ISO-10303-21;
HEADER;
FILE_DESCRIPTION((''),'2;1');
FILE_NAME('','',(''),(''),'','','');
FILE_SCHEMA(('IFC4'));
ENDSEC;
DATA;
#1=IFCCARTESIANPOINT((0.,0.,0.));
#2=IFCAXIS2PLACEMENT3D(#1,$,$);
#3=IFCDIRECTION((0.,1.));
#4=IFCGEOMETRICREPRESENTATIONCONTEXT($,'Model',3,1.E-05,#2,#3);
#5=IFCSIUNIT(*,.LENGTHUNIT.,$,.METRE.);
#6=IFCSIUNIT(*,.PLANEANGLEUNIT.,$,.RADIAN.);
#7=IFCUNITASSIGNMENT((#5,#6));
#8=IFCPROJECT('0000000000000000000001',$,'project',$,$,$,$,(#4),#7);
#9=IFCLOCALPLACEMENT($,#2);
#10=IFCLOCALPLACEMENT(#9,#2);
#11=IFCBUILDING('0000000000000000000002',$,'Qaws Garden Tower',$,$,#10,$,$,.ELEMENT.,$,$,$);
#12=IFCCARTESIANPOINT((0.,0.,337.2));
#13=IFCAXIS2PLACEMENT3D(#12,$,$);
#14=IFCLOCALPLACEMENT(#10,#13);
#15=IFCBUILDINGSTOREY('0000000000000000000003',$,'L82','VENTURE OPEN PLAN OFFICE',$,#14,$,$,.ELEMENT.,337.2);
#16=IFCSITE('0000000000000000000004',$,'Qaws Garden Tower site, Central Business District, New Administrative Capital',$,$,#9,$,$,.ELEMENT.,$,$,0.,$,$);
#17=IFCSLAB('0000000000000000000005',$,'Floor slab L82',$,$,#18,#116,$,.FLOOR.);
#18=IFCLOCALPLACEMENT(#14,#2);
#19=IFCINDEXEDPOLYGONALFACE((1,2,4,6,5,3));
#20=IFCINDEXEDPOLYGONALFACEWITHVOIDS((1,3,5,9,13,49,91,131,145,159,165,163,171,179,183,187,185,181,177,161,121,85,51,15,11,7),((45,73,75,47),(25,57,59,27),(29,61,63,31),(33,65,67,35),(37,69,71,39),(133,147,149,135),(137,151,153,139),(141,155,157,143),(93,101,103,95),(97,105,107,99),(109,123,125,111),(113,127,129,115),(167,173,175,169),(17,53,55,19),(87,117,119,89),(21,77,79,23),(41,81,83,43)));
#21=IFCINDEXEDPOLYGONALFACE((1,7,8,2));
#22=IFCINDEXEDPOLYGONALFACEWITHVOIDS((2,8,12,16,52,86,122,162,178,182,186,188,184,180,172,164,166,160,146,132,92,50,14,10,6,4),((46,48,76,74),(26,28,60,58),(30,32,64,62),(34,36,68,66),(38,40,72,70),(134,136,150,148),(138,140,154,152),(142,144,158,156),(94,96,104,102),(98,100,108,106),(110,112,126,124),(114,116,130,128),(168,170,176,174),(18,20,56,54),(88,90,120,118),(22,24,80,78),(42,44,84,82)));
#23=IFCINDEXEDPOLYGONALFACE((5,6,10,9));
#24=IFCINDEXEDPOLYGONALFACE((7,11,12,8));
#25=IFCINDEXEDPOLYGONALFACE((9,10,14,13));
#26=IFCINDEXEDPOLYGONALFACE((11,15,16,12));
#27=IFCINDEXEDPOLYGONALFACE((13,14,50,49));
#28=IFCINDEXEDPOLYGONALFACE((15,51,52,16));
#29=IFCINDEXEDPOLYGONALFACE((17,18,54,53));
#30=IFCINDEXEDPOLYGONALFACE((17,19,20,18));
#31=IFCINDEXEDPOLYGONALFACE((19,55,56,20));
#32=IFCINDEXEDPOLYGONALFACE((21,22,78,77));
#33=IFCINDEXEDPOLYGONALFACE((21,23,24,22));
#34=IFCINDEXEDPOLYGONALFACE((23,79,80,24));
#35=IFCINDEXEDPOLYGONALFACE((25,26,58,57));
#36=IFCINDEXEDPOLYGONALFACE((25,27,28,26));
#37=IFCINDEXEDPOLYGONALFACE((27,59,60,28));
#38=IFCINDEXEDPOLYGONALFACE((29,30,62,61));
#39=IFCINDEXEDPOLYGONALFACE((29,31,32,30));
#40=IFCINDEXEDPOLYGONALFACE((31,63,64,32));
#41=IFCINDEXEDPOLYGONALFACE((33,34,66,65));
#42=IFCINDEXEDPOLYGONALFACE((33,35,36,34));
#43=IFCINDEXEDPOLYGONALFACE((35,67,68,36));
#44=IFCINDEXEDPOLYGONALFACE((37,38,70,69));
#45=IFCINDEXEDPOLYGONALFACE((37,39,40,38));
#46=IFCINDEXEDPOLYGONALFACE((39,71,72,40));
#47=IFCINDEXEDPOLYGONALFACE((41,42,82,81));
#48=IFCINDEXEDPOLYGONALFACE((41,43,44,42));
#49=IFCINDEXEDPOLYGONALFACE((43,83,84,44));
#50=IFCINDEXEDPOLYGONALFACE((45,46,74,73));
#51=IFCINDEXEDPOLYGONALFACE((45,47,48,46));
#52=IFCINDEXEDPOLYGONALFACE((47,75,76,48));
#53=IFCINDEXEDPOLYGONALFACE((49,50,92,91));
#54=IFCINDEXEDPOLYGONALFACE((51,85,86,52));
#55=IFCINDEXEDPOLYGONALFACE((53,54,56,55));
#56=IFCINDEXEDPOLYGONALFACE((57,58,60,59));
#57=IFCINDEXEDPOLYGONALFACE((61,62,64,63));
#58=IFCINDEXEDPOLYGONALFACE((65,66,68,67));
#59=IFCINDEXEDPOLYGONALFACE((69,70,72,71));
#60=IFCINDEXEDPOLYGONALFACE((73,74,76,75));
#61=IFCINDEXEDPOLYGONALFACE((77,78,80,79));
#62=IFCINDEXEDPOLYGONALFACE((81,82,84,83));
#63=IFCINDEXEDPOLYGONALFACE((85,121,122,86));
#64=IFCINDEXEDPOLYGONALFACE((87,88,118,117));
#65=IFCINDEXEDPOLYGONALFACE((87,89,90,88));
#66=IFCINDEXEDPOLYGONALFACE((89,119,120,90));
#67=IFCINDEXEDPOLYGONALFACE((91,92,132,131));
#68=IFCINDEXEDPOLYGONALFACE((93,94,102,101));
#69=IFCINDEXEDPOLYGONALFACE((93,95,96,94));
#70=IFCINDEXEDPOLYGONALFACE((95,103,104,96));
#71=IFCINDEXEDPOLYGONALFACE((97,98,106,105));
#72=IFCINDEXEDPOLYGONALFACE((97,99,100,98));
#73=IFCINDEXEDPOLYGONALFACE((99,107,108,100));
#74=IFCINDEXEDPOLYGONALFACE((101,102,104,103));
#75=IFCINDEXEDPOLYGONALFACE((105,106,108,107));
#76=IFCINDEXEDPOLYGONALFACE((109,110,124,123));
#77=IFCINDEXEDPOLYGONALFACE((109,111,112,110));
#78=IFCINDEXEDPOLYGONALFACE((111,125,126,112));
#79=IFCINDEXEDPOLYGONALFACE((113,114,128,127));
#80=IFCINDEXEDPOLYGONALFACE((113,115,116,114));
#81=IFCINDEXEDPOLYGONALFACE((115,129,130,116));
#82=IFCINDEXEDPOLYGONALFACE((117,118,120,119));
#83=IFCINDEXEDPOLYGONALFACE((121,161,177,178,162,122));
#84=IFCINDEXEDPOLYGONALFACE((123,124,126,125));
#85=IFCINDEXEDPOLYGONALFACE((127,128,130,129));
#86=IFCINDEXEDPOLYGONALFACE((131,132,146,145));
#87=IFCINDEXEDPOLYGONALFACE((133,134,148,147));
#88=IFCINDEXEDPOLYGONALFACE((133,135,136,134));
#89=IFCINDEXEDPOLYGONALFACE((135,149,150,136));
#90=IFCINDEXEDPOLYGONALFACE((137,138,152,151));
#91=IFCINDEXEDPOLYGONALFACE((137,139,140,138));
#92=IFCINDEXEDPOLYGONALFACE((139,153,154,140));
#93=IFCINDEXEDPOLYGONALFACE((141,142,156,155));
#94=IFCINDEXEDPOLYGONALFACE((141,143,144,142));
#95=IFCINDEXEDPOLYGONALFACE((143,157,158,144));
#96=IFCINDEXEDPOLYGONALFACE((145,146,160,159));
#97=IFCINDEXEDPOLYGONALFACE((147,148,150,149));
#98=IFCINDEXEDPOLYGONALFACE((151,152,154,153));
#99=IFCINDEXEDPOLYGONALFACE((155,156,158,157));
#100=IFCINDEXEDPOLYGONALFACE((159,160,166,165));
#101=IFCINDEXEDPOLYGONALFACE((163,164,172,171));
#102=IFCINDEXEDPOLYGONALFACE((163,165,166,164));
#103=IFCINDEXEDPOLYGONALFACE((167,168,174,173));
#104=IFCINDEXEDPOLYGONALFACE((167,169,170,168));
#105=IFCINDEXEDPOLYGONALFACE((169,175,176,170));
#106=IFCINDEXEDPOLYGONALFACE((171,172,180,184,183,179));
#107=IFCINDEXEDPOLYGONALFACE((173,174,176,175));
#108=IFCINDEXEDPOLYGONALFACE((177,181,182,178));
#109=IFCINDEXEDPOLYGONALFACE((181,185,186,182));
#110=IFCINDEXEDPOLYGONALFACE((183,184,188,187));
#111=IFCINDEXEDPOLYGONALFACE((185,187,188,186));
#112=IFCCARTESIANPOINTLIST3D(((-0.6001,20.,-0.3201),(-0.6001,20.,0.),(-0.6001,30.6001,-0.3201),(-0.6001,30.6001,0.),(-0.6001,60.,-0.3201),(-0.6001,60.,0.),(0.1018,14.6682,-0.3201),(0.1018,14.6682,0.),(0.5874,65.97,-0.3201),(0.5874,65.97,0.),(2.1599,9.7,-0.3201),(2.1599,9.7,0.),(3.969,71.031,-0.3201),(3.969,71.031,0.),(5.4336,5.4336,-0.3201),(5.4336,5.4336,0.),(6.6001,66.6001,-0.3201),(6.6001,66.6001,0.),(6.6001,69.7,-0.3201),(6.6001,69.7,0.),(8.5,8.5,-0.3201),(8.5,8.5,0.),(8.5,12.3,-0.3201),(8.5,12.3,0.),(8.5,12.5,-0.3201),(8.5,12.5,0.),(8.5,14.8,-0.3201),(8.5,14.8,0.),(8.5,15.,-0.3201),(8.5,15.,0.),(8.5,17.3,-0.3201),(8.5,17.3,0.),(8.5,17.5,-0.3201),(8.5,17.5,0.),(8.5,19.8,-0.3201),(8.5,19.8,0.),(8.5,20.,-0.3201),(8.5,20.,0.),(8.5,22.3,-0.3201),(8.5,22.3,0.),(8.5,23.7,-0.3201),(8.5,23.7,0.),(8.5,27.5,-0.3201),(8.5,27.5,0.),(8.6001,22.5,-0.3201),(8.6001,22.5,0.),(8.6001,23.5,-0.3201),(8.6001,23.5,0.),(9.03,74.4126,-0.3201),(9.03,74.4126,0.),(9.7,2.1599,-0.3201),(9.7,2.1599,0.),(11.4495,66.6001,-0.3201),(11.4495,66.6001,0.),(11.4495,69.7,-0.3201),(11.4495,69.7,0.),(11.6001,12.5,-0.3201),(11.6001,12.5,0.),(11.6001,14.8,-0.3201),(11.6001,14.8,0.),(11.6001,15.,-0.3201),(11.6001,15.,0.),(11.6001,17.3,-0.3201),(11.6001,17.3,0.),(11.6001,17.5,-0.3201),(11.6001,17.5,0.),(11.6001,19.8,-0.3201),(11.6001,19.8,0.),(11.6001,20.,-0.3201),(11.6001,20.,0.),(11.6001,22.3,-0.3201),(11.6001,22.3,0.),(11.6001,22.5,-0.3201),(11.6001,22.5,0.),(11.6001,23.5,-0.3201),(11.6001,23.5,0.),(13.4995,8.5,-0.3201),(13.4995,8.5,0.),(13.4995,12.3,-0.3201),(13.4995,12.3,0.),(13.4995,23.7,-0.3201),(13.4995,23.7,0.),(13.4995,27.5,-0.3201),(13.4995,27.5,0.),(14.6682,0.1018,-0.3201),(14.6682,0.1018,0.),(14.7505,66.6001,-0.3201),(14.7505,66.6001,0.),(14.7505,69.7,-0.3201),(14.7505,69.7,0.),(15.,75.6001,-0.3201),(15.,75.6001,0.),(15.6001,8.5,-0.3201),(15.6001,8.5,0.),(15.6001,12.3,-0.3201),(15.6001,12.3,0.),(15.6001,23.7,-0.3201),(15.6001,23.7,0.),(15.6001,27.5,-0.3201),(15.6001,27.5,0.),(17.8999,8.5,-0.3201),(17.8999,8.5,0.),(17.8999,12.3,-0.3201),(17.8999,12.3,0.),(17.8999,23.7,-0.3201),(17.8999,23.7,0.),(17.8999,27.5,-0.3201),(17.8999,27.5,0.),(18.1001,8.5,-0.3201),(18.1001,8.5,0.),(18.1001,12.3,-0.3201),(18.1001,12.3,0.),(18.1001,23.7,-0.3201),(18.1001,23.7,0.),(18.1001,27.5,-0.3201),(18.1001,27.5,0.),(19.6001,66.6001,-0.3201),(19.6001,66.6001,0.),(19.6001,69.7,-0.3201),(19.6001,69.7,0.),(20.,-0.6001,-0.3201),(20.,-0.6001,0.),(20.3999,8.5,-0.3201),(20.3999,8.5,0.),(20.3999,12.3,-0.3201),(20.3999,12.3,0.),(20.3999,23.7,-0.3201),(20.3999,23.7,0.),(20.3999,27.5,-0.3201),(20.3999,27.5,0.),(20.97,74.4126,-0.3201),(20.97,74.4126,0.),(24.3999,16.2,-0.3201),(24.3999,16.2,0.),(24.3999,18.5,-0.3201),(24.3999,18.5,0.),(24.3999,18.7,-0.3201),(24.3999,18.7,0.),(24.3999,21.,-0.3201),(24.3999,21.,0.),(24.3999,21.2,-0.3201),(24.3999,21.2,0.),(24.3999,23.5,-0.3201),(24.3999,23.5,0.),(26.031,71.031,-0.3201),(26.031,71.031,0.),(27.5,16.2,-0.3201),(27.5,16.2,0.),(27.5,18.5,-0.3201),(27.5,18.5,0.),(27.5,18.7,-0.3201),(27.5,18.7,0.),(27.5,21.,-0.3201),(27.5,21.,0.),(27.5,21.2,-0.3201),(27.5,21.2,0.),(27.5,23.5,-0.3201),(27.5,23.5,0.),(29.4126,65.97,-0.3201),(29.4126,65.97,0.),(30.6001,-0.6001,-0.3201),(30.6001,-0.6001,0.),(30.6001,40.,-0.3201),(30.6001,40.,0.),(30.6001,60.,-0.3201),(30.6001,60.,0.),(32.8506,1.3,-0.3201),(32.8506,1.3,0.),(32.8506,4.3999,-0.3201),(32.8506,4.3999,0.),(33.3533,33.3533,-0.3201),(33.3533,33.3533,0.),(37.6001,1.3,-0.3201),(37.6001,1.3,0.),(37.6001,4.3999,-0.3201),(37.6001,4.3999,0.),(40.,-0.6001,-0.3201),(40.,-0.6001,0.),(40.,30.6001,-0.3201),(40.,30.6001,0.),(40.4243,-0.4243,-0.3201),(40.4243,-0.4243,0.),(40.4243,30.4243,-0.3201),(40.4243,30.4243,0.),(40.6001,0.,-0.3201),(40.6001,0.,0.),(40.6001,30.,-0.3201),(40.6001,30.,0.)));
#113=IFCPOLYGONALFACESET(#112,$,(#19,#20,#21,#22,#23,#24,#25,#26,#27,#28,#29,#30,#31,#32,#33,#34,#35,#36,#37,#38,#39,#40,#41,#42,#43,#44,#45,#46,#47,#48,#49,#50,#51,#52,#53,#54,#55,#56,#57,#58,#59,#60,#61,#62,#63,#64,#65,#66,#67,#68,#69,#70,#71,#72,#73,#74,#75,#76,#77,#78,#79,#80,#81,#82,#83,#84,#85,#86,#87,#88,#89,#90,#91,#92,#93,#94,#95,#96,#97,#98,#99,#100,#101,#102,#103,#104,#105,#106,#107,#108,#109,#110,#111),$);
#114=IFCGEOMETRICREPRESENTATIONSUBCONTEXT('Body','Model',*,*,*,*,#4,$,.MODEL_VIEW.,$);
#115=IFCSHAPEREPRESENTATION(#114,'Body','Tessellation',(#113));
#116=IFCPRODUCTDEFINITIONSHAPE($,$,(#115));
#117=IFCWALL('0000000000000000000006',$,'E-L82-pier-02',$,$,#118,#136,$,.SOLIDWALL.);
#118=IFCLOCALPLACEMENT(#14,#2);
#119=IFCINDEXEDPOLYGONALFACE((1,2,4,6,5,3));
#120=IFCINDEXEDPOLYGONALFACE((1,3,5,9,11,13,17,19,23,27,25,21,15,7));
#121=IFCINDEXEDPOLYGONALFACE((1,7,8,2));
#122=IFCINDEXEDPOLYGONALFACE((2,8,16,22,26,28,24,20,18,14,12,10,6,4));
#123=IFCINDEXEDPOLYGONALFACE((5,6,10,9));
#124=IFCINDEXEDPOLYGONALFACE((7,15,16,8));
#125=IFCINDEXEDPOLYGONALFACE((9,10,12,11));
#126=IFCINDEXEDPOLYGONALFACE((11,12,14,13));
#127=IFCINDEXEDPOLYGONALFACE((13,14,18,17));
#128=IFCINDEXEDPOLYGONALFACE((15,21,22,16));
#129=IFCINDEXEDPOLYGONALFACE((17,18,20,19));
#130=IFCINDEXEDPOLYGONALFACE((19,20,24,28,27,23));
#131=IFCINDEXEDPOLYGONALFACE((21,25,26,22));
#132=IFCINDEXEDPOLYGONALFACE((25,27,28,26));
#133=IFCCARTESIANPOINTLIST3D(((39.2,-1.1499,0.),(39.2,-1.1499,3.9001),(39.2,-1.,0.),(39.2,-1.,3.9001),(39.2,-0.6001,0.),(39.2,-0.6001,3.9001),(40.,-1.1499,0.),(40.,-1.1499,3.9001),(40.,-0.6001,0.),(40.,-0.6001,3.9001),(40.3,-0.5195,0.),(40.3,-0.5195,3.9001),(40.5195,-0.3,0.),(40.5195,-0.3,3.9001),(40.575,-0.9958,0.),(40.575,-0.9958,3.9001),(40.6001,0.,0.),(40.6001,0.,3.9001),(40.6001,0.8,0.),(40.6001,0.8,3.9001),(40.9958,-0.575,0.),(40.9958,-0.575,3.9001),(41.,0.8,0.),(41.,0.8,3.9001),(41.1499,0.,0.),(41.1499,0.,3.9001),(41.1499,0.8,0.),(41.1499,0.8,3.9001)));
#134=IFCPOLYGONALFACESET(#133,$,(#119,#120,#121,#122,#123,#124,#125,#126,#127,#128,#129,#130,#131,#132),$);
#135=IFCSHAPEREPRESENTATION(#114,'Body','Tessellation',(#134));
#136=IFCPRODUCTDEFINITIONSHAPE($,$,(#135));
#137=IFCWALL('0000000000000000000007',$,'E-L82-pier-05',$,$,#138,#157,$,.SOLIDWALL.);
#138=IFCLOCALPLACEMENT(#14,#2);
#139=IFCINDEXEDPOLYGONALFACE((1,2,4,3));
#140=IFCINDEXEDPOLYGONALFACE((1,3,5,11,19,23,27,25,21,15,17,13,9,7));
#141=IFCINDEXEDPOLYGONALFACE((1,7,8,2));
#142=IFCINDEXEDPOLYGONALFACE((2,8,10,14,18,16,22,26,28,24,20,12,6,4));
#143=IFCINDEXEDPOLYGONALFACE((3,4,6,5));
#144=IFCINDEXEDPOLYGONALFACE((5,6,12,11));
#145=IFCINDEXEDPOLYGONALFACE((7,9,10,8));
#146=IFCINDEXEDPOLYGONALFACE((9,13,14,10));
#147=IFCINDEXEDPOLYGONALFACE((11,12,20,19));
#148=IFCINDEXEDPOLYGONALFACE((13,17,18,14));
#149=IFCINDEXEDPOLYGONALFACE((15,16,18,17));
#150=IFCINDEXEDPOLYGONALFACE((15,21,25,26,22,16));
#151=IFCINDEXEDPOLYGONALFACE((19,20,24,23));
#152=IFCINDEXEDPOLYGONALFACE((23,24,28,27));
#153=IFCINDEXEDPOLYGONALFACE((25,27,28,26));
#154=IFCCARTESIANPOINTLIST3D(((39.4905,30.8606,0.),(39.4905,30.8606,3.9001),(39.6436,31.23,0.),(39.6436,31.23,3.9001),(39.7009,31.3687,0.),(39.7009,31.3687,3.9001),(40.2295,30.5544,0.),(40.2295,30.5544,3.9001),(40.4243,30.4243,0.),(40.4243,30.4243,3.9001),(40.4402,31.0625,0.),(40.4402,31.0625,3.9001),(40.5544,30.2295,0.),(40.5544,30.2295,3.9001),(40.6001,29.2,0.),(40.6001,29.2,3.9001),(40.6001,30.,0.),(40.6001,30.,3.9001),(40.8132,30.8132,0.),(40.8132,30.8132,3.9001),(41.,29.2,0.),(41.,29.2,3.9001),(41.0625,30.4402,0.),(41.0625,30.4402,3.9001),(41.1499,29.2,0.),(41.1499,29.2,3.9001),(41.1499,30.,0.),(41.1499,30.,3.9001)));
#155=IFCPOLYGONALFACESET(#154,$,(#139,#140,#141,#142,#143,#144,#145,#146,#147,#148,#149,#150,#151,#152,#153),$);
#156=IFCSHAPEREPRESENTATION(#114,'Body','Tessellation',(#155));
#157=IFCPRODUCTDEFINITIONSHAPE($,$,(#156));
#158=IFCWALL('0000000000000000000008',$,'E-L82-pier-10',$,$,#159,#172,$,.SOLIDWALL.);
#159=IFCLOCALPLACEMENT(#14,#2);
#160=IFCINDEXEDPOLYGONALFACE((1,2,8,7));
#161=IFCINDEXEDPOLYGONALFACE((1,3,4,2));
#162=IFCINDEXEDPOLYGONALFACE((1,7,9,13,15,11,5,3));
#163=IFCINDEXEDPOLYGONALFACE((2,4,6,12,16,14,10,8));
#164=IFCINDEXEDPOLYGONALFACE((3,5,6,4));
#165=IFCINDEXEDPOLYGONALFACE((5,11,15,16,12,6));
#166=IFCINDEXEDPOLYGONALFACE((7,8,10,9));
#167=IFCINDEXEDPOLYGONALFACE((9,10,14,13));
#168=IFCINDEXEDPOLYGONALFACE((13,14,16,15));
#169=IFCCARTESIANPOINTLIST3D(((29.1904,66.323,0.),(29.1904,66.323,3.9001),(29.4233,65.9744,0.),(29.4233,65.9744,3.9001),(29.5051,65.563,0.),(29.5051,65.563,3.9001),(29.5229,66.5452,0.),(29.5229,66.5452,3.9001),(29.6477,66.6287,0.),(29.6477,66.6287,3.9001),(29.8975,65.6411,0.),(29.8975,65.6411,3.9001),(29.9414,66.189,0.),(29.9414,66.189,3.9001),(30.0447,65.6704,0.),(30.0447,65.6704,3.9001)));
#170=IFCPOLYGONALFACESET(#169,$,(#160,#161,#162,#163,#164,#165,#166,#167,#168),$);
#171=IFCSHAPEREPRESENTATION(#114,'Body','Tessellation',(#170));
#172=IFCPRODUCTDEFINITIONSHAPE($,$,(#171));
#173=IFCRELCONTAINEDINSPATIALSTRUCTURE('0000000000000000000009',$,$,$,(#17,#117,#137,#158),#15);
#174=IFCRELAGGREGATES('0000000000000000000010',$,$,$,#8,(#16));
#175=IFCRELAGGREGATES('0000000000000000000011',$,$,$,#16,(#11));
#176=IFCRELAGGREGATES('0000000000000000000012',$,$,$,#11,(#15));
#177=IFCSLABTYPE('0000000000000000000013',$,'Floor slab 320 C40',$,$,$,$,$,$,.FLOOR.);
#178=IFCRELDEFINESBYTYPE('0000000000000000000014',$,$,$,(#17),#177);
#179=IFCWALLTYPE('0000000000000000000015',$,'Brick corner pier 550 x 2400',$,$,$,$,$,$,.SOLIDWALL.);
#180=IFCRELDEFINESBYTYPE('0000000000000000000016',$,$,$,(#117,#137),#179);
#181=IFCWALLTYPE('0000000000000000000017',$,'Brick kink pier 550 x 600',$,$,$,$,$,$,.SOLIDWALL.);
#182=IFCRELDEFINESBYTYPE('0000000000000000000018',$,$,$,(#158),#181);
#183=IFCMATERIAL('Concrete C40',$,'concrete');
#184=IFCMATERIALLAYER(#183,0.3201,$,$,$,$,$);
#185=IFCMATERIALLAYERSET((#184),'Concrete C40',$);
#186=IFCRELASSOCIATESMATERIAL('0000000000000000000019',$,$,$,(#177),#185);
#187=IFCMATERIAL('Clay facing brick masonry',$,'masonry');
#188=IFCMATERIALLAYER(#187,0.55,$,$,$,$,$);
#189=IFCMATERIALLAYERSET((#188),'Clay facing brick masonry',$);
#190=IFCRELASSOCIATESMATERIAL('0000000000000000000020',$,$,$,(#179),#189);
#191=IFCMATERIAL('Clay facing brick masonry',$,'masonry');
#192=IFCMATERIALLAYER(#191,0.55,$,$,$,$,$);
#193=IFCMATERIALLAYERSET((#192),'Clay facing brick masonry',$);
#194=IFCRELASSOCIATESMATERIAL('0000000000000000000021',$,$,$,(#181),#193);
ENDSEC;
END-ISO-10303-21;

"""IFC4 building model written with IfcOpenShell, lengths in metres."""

from ifc_helpers import new_model, si_unit, direction, frame, origin, place, context, subcontext, project, spatial, polyline, outline, extrude, material, layer, layer_set, type_object, element, save


model = new_model("IFC4")

# Units and contexts
model_context = context("Model", 3, precision=1e-05, world=origin(), true_north=direction((0.0, 1.0)))
body_context = subcontext(model_context, "Body", "Model", "MODEL_VIEW")
ifc_project = project(units=[si_unit("LENGTHUNIT", "METRE"), si_unit("PLANEANGLEUNIT", "RADIAN")], contexts=[model_context])

# Site, building, storey
site_placement = place(None, origin())
site = spatial("IfcSite", under=ifc_project, at=site_placement, Name="Qaws Garden Tower site, Central Business District, New Administrative Capital", CompositionType="ELEMENT", RefElevation=0.0)
building_placement = place(site_placement, origin())
building = spatial("IfcBuilding", under=site, at=building_placement, Name="Qaws Garden Tower", CompositionType="ELEMENT")
storey_placement = place(building_placement, frame((0.0, 0.0, 337.2)))
storey = spatial("IfcBuildingStorey", under=building, at=storey_placement, Name="L82", Description="VENTURE OPEN PLAN OFFICE", CompositionType="ELEMENT", Elevation=337.2)

# Slab
ifc_material_1 = material(Name="Concrete C40", Category="concrete")
ifc_layer_1 = layer(ifc_material_1, 0.3201)
ifc_layer_set_1 = layer_set([ifc_layer_1], Name="Concrete C40")
slab_type = type_object("IfcSlabType", Name="Floor slab 320 C40", PredefinedType="FLOOR", material=ifc_layer_set_1)
slab_placement = place(storey_placement, frame((0.0, 0.0, -0.3201)))
element("IfcSlab", 1, at=slab_placement, inside=storey, type_object=slab_type, Name="Floor slab L82", PredefinedType="FLOOR", context=body_context, shape_type="SweptSolid", body=[
    extrude(outline(polyline([(0.1018, 14.6682), (-0.6001, 20.0), (-0.6001, 30.6001), (-0.6001, 60.0), (-0.6001, 60.0), (0.5874, 65.97), (3.969, 71.031), (9.03, 74.4126), (15.0, 75.6001), (20.97, 74.4126), (26.031, 71.031), (29.4126, 65.97), (30.6001, 60.0), (30.6001, 40.0), (33.3533, 33.3533), (40.0, 30.6001), (40.4243, 30.4243), (40.6001, 30.0), (40.6001, 0.0), (40.4243, -0.4243), (40.0, -0.6001), (30.6001, -0.6001), (20.0, -0.6001), (14.6682, 0.1018), (9.7, 2.1599), (5.4336, 5.4336), (2.1599, 9.7), (0.1018, 14.6682)]), holes=[polyline([(13.4995, 12.3), (8.5, 12.3), (8.5, 8.5), (13.4995, 8.5), (13.4995, 12.3)]), polyline([(17.8999, 12.3), (15.6001, 12.3), (15.6001, 8.5), (17.8999, 8.5), (17.8999, 12.3)]), polyline([(11.6001, 14.8), (8.5, 14.8), (8.5, 12.5), (11.6001, 12.5), (11.6001, 14.8)]), polyline([(11.6001, 17.3), (8.5, 17.3), (8.5, 15.0), (11.6001, 15.0), (11.6001, 17.3)]), polyline([(11.6001, 19.8), (8.5, 19.8), (8.5, 17.5), (11.6001, 17.5), (11.6001, 19.8)]), polyline([(11.6001, 22.3), (8.5, 22.3), (8.5, 20.0), (11.6001, 20.0), (11.6001, 22.3)]), polyline([(11.6001, 23.5), (8.6001, 23.5), (8.6001, 22.5), (11.6001, 22.5), (11.6001, 23.5)]), polyline([(13.4995, 27.5), (8.5, 27.5), (8.5, 23.7), (13.4995, 23.7), (13.4995, 27.5)]), polyline([(11.4495, 69.7), (6.6001, 69.7), (6.6001, 66.6001), (11.4495, 66.6001), (11.4495, 69.7)]), polyline([(37.6001, 4.3999), (32.8506, 4.3999), (32.8506, 1.3), (37.6001, 1.3), (37.6001, 4.3999)]), polyline([(20.3999, 12.3), (18.1001, 12.3), (18.1001, 8.5), (20.3999, 8.5), (20.3999, 12.3)]), polyline([(27.5, 18.5), (24.3999, 18.5), (24.3999, 16.2), (27.5, 16.2), (27.5, 18.5)]), polyline([(27.5, 21.0), (24.3999, 21.0), (24.3999, 18.7), (27.5, 18.7), (27.5, 21.0)]), polyline([(27.5, 23.5), (24.3999, 23.5), (24.3999, 21.2), (27.5, 21.2), (27.5, 23.5)]), polyline([(17.8999, 27.5), (15.6001, 27.5), (15.6001, 23.7), (17.8999, 23.7), (17.8999, 27.5)]), polyline([(20.3999, 23.7), (20.3999, 27.5), (18.1001, 27.5), (18.1001, 23.7), (20.3999, 23.7)]), polyline([(19.6001, 66.6001), (19.6001, 69.7), (14.7505, 69.7), (14.7505, 66.6001), (19.6001, 66.6001)])]), origin(), (0.0, 0.0, 1.0), 0.3201),
])

# Walls
ifc_material_2 = material(Name="Clay facing brick masonry", Category="masonry")
ifc_layer_2 = layer(ifc_material_2, 0.55)
ifc_layer_set_2 = layer_set([ifc_layer_2], Name="Clay facing brick masonry")
wall_type_1 = type_object("IfcWallType", Name="Brick corner pier 550 x 2400", PredefinedType="SOLIDWALL", material=ifc_layer_set_2)
placement = place(storey_placement, origin())
element("IfcWall", 2, at=placement, inside=storey, type_object=wall_type_1, Name="E-L82-pier-02", PredefinedType="SOLIDWALL", context=body_context, shape_type="SweptSolid", body=[
    extrude(outline(polyline([(39.2, -1.0), (39.2, -1.1499), (40.0, -1.1499), (40.575, -0.9958), (40.9958, -0.575), (41.1499, 0.0), (41.1499, 0.8), (41.0, 0.8), (40.6001, 0.8), (40.6001, 0.0), (40.5195, -0.3), (40.3, -0.5195), (40.0, -0.6001), (39.2, -0.6001), (39.2, -1.0)])), origin(), (0.0, 0.0, 1.0), 3.9001),
])
element("IfcWall", 3, at=placement, inside=storey, type_object=wall_type_1, Name="E-L82-pier-05", PredefinedType="SOLIDWALL", context=body_context, shape_type="SweptSolid", body=[
    extrude(outline(polyline([(41.0, 29.2), (41.1499, 29.2), (41.1499, 30.0), (41.0625, 30.4402), (40.8132, 30.8132), (40.4402, 31.0625), (39.7009, 31.3687), (39.6436, 31.23), (39.4905, 30.8606), (40.2295, 30.5544), (40.4243, 30.4243), (40.5544, 30.2295), (40.6001, 30.0), (40.6001, 29.2), (41.0, 29.2)])), origin(), (0.0, 0.0, 1.0), 3.9001),
])
ifc_material_3 = material(Name="Clay facing brick masonry", Category="masonry")
ifc_layer_3 = layer(ifc_material_3, 0.55)
ifc_layer_set_3 = layer_set([ifc_layer_3], Name="Clay facing brick masonry")
wall_type_2 = type_object("IfcWallType", Name="Brick kink pier 550 x 600", PredefinedType="SOLIDWALL", material=ifc_layer_set_3)
element("IfcWall", 4, at=placement, inside=storey, type_object=wall_type_2, Name="E-L82-pier-10", PredefinedType="SOLIDWALL", context=body_context, shape_type="SweptSolid", body=[
    extrude(outline(polyline([(29.8975, 65.6411), (30.0447, 65.6704), (29.9414, 66.189), (29.6477, 66.6287), (29.5229, 66.5452), (29.1904, 66.323), (29.4233, 65.9744), (29.5051, 65.563), (29.8975, 65.6411)])), origin(), (0.0, 0.0, 1.0), 3.9001),
])

save(model, "model.ifc")
